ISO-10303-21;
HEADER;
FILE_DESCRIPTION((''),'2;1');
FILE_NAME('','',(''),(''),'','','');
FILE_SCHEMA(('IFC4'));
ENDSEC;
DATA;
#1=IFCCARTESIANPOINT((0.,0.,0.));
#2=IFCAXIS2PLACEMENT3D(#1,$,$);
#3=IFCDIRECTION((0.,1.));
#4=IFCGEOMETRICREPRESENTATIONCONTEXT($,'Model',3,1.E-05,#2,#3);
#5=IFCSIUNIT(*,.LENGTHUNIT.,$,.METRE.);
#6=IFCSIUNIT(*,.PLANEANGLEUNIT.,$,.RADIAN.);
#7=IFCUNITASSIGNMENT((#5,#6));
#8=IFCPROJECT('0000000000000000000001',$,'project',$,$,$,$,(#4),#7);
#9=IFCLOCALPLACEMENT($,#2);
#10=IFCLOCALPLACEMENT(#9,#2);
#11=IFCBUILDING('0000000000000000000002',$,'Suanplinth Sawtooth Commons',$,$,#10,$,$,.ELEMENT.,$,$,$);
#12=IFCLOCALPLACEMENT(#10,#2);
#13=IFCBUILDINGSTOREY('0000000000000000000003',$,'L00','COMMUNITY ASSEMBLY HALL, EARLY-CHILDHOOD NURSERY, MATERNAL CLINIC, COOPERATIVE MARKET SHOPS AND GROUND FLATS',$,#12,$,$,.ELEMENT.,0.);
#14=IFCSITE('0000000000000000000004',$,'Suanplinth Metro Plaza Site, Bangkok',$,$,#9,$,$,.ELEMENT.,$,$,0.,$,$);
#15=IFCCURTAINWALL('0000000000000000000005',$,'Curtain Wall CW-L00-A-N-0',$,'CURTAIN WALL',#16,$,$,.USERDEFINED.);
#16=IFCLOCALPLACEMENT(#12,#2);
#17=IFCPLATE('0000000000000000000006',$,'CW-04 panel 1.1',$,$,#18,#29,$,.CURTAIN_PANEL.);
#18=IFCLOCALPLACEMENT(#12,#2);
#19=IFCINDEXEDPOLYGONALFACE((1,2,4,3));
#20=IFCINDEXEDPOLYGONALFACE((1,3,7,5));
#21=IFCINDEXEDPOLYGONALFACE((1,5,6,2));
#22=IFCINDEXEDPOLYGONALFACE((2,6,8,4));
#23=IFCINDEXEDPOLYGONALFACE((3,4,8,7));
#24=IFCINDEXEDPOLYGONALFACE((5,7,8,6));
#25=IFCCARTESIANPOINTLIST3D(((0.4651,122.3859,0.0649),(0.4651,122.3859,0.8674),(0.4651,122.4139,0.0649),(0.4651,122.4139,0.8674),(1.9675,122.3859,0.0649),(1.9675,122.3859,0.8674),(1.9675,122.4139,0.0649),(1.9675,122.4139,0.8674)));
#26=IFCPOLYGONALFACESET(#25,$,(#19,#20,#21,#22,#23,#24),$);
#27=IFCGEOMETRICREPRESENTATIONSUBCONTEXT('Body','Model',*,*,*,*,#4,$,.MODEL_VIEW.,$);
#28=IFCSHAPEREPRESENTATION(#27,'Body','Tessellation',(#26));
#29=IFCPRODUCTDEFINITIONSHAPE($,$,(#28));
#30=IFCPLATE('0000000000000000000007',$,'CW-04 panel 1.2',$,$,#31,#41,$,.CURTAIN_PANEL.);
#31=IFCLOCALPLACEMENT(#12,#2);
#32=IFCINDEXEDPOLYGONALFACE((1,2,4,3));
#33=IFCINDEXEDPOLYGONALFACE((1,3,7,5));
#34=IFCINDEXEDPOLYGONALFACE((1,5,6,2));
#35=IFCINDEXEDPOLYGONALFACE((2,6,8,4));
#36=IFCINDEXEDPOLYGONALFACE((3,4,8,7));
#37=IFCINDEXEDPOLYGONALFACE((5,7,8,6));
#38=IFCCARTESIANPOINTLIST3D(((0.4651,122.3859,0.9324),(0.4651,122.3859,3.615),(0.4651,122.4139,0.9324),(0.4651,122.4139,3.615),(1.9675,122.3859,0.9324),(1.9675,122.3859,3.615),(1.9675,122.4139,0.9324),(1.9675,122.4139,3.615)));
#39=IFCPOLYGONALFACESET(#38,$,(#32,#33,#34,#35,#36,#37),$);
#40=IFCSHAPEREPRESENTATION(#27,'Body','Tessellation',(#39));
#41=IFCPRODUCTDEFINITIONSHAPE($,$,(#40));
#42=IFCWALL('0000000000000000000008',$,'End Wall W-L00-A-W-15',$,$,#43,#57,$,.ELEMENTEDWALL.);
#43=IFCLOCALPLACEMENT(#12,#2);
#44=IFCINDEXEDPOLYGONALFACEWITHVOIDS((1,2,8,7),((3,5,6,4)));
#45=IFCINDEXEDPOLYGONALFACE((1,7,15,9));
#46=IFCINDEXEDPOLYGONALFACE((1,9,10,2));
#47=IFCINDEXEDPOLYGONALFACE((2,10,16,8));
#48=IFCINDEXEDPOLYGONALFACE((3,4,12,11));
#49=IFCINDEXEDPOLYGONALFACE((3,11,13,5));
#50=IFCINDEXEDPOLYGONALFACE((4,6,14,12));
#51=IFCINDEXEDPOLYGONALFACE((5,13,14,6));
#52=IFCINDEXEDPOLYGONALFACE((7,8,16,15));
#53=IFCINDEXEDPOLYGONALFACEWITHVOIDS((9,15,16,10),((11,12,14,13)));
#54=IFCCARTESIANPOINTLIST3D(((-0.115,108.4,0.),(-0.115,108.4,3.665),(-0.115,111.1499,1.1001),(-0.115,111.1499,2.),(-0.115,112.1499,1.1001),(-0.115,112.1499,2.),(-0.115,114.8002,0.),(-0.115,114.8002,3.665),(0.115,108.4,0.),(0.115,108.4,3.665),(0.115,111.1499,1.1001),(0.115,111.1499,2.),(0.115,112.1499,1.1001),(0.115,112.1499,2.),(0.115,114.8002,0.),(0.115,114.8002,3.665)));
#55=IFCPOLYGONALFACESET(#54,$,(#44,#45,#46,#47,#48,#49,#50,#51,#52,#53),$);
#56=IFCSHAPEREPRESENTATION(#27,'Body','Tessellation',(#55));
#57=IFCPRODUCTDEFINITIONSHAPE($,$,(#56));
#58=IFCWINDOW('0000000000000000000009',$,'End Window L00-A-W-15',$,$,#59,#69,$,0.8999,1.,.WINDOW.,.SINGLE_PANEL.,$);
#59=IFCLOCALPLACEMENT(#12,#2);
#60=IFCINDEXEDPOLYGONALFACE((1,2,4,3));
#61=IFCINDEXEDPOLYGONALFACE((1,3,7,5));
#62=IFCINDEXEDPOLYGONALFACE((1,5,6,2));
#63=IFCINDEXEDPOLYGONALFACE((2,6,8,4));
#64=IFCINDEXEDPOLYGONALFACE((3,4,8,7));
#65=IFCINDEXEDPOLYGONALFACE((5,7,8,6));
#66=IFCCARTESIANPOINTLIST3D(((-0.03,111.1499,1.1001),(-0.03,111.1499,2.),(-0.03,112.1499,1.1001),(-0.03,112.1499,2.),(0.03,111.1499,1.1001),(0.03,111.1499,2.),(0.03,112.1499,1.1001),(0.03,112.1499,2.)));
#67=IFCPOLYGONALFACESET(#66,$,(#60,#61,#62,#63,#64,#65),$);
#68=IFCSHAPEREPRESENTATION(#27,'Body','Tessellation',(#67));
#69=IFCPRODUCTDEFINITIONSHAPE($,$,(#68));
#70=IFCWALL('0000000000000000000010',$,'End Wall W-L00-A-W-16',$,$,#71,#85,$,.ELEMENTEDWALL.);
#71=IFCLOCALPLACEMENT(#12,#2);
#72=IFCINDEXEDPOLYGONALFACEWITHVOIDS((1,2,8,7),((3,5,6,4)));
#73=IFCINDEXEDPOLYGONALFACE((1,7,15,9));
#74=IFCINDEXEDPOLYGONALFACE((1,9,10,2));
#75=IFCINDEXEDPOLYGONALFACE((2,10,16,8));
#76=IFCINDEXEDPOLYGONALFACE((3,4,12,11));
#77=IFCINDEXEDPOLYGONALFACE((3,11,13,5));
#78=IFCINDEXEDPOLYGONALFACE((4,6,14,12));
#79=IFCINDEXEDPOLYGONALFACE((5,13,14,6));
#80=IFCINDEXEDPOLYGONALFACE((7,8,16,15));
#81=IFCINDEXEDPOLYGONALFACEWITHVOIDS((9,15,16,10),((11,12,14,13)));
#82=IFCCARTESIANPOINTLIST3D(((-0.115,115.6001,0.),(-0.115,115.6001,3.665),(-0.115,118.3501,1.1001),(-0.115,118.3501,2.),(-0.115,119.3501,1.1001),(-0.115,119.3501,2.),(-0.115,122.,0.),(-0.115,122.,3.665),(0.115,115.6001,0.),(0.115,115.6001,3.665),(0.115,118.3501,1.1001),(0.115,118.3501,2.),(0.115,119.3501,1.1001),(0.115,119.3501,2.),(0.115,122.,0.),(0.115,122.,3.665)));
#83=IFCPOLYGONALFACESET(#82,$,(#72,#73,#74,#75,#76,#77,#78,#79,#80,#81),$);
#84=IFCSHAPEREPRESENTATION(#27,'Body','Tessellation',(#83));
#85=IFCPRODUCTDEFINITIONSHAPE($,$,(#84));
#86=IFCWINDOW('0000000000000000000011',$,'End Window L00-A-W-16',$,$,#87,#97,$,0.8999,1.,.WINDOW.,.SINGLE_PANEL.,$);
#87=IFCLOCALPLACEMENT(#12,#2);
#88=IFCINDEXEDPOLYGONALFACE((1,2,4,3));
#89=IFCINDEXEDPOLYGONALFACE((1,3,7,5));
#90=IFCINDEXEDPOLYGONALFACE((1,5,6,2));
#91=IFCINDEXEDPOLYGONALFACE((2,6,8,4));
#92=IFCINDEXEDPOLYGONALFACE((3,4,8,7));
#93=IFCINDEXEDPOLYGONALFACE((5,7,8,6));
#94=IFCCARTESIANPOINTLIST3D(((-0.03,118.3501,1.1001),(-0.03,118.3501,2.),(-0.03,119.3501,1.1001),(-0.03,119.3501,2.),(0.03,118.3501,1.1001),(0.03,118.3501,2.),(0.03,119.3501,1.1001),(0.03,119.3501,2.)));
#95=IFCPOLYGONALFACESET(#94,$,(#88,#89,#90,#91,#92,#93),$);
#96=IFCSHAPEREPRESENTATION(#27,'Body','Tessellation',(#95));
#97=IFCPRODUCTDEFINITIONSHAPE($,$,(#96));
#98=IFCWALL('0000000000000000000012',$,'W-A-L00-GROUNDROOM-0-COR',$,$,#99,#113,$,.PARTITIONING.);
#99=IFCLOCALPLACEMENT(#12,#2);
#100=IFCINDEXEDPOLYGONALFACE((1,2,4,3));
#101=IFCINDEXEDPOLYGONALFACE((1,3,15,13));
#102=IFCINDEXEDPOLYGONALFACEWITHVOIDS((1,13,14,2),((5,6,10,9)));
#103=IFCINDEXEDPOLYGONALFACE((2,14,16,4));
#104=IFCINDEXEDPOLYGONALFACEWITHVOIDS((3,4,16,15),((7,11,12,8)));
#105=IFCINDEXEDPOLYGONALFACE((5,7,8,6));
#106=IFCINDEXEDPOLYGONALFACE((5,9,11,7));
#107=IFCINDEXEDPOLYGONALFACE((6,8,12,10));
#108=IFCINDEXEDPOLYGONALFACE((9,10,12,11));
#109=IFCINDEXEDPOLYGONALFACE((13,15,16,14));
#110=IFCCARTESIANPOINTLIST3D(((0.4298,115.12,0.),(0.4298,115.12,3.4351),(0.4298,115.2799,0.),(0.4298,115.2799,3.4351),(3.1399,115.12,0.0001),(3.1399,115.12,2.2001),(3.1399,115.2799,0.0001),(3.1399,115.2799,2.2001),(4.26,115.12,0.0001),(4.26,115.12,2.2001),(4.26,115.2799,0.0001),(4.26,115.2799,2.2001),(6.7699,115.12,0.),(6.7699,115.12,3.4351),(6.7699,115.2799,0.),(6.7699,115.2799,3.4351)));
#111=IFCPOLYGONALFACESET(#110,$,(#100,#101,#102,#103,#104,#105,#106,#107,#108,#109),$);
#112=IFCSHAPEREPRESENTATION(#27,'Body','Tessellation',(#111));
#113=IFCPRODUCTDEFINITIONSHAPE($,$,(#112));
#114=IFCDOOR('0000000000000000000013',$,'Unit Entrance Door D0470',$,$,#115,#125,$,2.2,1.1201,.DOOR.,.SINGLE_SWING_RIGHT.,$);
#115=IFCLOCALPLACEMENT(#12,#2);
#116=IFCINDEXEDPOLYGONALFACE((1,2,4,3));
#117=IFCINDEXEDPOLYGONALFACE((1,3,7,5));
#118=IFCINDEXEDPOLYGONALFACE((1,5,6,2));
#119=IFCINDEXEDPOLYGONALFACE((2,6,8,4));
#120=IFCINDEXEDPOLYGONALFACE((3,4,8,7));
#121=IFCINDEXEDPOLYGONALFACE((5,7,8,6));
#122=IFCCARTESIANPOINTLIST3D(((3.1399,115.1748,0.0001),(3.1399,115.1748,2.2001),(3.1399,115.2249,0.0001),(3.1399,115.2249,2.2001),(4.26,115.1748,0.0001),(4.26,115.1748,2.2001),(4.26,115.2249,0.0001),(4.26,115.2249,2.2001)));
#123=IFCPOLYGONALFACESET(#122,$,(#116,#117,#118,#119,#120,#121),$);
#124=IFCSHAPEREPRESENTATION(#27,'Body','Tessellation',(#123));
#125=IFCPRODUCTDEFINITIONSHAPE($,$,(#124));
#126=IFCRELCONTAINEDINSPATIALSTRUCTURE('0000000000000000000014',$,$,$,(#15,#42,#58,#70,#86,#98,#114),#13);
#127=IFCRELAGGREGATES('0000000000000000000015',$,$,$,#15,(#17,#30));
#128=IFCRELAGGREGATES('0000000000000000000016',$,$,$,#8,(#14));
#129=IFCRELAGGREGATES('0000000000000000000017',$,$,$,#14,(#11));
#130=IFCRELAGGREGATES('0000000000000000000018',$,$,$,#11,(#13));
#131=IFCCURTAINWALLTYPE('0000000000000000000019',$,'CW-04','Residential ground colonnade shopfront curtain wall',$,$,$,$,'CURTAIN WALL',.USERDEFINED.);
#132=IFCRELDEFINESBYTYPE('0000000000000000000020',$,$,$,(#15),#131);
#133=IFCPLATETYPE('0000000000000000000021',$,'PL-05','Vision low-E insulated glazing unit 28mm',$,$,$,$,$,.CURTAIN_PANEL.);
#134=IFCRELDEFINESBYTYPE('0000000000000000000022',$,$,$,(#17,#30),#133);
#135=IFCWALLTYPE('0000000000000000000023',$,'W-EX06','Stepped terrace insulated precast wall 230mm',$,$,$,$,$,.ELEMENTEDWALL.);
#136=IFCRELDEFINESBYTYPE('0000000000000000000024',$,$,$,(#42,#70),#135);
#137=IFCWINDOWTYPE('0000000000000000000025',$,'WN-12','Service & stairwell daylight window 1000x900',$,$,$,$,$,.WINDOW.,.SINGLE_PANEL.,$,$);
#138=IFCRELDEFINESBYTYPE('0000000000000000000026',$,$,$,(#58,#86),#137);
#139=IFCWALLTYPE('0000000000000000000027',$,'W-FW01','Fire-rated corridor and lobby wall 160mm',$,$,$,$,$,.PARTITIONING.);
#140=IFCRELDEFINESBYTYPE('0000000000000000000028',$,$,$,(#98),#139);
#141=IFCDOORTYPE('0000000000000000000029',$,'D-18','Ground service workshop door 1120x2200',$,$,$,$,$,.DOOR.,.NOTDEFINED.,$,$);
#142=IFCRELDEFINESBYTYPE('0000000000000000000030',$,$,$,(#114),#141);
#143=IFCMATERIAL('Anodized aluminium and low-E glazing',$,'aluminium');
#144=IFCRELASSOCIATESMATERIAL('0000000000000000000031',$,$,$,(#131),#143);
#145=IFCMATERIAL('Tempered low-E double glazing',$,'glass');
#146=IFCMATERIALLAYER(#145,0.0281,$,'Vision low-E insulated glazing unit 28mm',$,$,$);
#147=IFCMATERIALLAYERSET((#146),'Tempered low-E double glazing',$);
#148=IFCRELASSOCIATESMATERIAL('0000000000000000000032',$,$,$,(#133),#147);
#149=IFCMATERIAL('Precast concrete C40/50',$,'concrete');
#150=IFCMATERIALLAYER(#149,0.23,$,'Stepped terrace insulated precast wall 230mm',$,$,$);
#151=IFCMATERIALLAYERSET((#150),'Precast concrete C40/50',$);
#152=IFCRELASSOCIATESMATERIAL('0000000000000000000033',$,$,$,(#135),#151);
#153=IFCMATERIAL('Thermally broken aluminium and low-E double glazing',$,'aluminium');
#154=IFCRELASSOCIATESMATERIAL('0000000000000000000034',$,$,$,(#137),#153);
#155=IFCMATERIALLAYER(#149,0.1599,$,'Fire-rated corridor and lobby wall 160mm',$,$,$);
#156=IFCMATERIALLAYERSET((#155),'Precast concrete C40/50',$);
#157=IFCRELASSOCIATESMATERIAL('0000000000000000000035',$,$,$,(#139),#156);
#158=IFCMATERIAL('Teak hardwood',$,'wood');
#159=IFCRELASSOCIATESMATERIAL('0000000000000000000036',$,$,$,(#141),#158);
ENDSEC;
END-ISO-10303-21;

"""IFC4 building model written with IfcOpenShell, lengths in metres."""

from ifc_helpers import new_model, si_unit, direction, frame, frame_2d, origin, origin_2d, place, context, subcontext, project, spatial, rectangle, extrude, material, layer, layer_set, type_object, element, fill, aggregate, save


model = new_model("IFC4")

# Units and contexts
model_context = context("Model", 3, precision=1e-05, world=origin(), true_north=direction((0.0, 1.0)))
body_context = subcontext(model_context, "Body", "Model", "MODEL_VIEW")
ifc_project = project(units=[si_unit("LENGTHUNIT", "METRE"), si_unit("PLANEANGLEUNIT", "RADIAN")], contexts=[model_context])

# Site, building, storey
site_placement = place(None, origin())
site = spatial("IfcSite", under=ifc_project, at=site_placement, Name="Suanplinth Metro Plaza Site, Bangkok", CompositionType="ELEMENT", RefElevation=0.0)
building_placement = place(site_placement, origin())
building = spatial("IfcBuilding", under=site, at=building_placement, Name="Suanplinth Sawtooth Commons", CompositionType="ELEMENT")
storey_placement = place(building_placement, origin())
storey = spatial("IfcBuildingStorey", under=building, at=storey_placement, Name="L00", Description="COMMUNITY ASSEMBLY HALL, EARLY-CHILDHOOD NURSERY, MATERNAL CLINIC, COOPERATIVE MARKET SHOPS AND GROUND FLATS", CompositionType="ELEMENT", Elevation=0.0)

# Shared definitions
ifc_material_1 = material(Name="Precast concrete C40/50", Category="concrete")

# Curtain wall, plates
ifc_material_2 = material(Name="Anodized aluminium and low-E glazing", Category="aluminium")
curtain_wall_type = type_object("IfcCurtainWallType", Name="CW-04", Description="Residential ground colonnade shopfront curtain wall", ElementType="CURTAIN WALL", PredefinedType="USERDEFINED", material=ifc_material_2)
curtain_wall_placement = place(storey_placement, origin())
curtain_wall = element("IfcCurtainWall", 1, at=curtain_wall_placement, inside=storey, type_object=curtain_wall_type, Name="Curtain Wall CW-L00-A-N-0", ObjectType="CURTAIN WALL", PredefinedType="USERDEFINED")
ifc_material_3 = material(Name="Tempered low-E double glazing", Category="glass")
ifc_layer_1 = layer(ifc_material_3, 0.0281, Name="Vision low-E insulated glazing unit 28mm")
ifc_layer_set_1 = layer_set([ifc_layer_1], Name="Tempered low-E double glazing")
plate_type = type_object("IfcPlateType", Name="PL-05", Description="Vision low-E insulated glazing unit 28mm", PredefinedType="CURTAIN_PANEL", material=ifc_layer_set_1)
plate_1_placement = place(storey_placement, frame((1.2163, 122.3999, 0.0649), z_axis=(0.0, 0.0, 1.0), x_axis=(1.0, 0.0, 0.0)))
plate_1 = element("IfcPlate", 2, at=plate_1_placement, type_object=plate_type, Name="CW-04 panel 1.1", PredefinedType="CURTAIN_PANEL", context=body_context, shape_type="SweptSolid", body=[
    extrude(rectangle(XDim=1.5024, YDim=0.0281, at=origin_2d()), origin(), (0.0, 0.0, 1.0), 0.8025),
])
plate_2_placement = place(storey_placement, frame((1.2163, 122.3999, 0.9324), z_axis=(0.0, 0.0, 1.0), x_axis=(1.0, 0.0, 0.0)))
plate_2 = element("IfcPlate", 3, at=plate_2_placement, type_object=plate_type, Name="CW-04 panel 1.2", PredefinedType="CURTAIN_PANEL", context=body_context, shape_type="SweptSolid", body=[
    extrude(rectangle(XDim=1.5024, YDim=0.0281, at=origin_2d()), origin(), (0.0, 0.0, 1.0), 2.6826),
])
aggregate(curtain_wall, [plate_1, plate_2])

# Walls, openings, windows
ifc_layer_2 = layer(ifc_material_1, 0.23, Name="Stepped terrace insulated precast wall 230mm")
ifc_layer_set_2 = layer_set([ifc_layer_2], Name="Precast concrete C40/50")
wall_type_1 = type_object("IfcWallType", Name="W-EX06", Description="Stepped terrace insulated precast wall 230mm", PredefinedType="ELEMENTEDWALL", material=ifc_layer_set_2)
wall_1_placement = place(storey_placement, frame((0.0, 108.3999, 0.0), z_axis=(0.0, 0.0, 1.0), x_axis=(0.0, 1.0, 0.0)))
wall_1 = element("IfcWall", 4, at=wall_1_placement, inside=storey, type_object=wall_type_1, Name="End Wall W-L00-A-W-15", PredefinedType="ELEMENTEDWALL", context=body_context, shape_type="SweptSolid", body=[
    extrude(rectangle(XDim=6.4001, YDim=0.23, at=frame_2d((3.2002, 0.0))), origin(), (0.0, 0.0, 1.0), 3.665),
])
opening_1_placement = place(wall_1_placement, frame((2.75, 0.0, 1.1001)))
opening_1 = element("IfcOpeningElement", 5, at=opening_1_placement, cuts=wall_1, PredefinedType="OPENING", context=body_context, shape_type="SweptSolid", body=[
    extrude(rectangle(XDim=1.0, YDim=0.8999, at=frame_2d((0.5, 0.45))), frame((0.0, 0.1299, 0.0), z_axis=(0.0, -1.0, 0.0), x_axis=(1.0, 0.0, 0.0)), (0.0, 0.0, 1.0), 0.2598),
])
ifc_material_4 = material(Name="Thermally broken aluminium and low-E double glazing", Category="aluminium")
window_type = type_object("IfcWindowType", Name="WN-12", Description="Service & stairwell daylight window 1000x900", PartitioningType="SINGLE_PANEL", PredefinedType="WINDOW", material=ifc_material_4)
window_1_placement = place(opening_1_placement, origin())
window_1 = element("IfcWindow", 6, at=window_1_placement, inside=storey, type_object=window_type, Name="End Window L00-A-W-15", OverallHeight=0.8999, OverallWidth=1.0, PartitioningType="SINGLE_PANEL", PredefinedType="WINDOW", context=body_context, shape_type="SweptSolid", body=[
    extrude(rectangle(XDim=1.0, YDim=0.8999, at=frame_2d((0.5, 0.45))), frame((0.0, 0.03, 0.0), z_axis=(0.0, -1.0, 0.0), x_axis=(1.0, 0.0, 0.0)), (0.0, 0.0, 1.0), 0.0601),
])
fill(opening_1, window_1)
wall_2_placement = place(storey_placement, frame((0.0, 115.6001, 0.0), z_axis=(0.0, 0.0, 1.0), x_axis=(0.0, 1.0, 0.0)))
wall_2 = element("IfcWall", 7, at=wall_2_placement, inside=storey, type_object=wall_type_1, Name="End Wall W-L00-A-W-16", PredefinedType="ELEMENTEDWALL", context=body_context, shape_type="SweptSolid", body=[
    extrude(rectangle(XDim=6.3999, YDim=0.23, at=frame_2d((3.2, 0.0))), origin(), (0.0, 0.0, 1.0), 3.665),
])
opening_2_placement = place(wall_2_placement, frame((2.75, 0.0, 1.1001)))
opening_2 = element("IfcOpeningElement", 8, at=opening_2_placement, cuts=wall_2, PredefinedType="OPENING", context=body_context, shape_type="SweptSolid", body=[
    extrude(rectangle(XDim=1.0, YDim=0.8999, at=frame_2d((0.5, 0.45))), frame((0.0, 0.1299, 0.0), z_axis=(0.0, -1.0, 0.0), x_axis=(1.0, 0.0, 0.0)), (0.0, 0.0, 1.0), 0.2598),
])
window_2_placement = place(opening_2_placement, origin())
window_2 = element("IfcWindow", 9, at=window_2_placement, inside=storey, type_object=window_type, Name="End Window L00-A-W-16", OverallHeight=0.8999, OverallWidth=1.0, PartitioningType="SINGLE_PANEL", PredefinedType="WINDOW", context=body_context, shape_type="SweptSolid", body=[
    extrude(rectangle(XDim=1.0, YDim=0.8999, at=frame_2d((0.5, 0.45))), frame((0.0, 0.03, 0.0), z_axis=(0.0, -1.0, 0.0), x_axis=(1.0, 0.0, 0.0)), (0.0, 0.0, 1.0), 0.0601),
])
fill(opening_2, window_2)

# Wall, opening, door
ifc_layer_3 = layer(ifc_material_1, 0.1599, Name="Fire-rated corridor and lobby wall 160mm")
ifc_layer_set_3 = layer_set([ifc_layer_3], Name="Precast concrete C40/50")
wall_type_2 = type_object("IfcWallType", Name="W-FW01", Description="Fire-rated corridor and lobby wall 160mm", PredefinedType="PARTITIONING", material=ifc_layer_set_3)
wall_3_placement = place(storey_placement, frame((0.4299, 115.2, 0.0), z_axis=(0.0, 0.0, 1.0), x_axis=(1.0, 0.0, 0.0)))
wall_3 = element("IfcWall", 10, at=wall_3_placement, inside=storey, type_object=wall_type_2, Name="W-A-L00-GROUNDROOM-0-COR", PredefinedType="PARTITIONING", context=body_context, shape_type="SweptSolid", body=[
    extrude(rectangle(XDim=6.3401, YDim=0.1599, at=frame_2d((3.1699, 0.0))), origin(), (0.0, 0.0, 1.0), 3.4351),
])
opening_3_placement = place(wall_3_placement, frame((2.71, 0.0, 0.0)))
opening_3 = element("IfcOpeningElement", 11, at=opening_3_placement, cuts=wall_3, PredefinedType="OPENING", context=body_context, shape_type="SweptSolid", body=[
    extrude(rectangle(XDim=1.1201, YDim=2.2, at=frame_2d((0.5601, 1.1001))), frame((0.0, 0.0947, 0.0), z_axis=(0.0, -1.0, 0.0), x_axis=(1.0, 0.0, 0.0)), (0.0, 0.0, 1.0), 0.1897),
])
ifc_material_5 = material(Name="Teak hardwood", Category="wood")
door_type = type_object("IfcDoorType", Name="D-18", Description="Ground service workshop door 1120x2200", OperationType="NOTDEFINED", PredefinedType="DOOR", material=ifc_material_5)
door_placement = place(opening_3_placement, origin())
door = element("IfcDoor", 12, at=door_placement, inside=storey, type_object=door_type, Name="Unit Entrance Door D0470", OperationType="SINGLE_SWING_RIGHT", OverallHeight=2.2, OverallWidth=1.1201, PredefinedType="DOOR", context=body_context, shape_type="SweptSolid", body=[
    extrude(rectangle(XDim=1.1201, YDim=2.2, at=frame_2d((0.5601, 1.1001))), frame((0.0, 0.0249, 0.0), z_axis=(0.0, -1.0, 0.0), x_axis=(1.0, 0.0, 0.0)), (0.0, 0.0, 1.0), 0.05),
])
fill(opening_3, door)

save(model, "model.ifc")
